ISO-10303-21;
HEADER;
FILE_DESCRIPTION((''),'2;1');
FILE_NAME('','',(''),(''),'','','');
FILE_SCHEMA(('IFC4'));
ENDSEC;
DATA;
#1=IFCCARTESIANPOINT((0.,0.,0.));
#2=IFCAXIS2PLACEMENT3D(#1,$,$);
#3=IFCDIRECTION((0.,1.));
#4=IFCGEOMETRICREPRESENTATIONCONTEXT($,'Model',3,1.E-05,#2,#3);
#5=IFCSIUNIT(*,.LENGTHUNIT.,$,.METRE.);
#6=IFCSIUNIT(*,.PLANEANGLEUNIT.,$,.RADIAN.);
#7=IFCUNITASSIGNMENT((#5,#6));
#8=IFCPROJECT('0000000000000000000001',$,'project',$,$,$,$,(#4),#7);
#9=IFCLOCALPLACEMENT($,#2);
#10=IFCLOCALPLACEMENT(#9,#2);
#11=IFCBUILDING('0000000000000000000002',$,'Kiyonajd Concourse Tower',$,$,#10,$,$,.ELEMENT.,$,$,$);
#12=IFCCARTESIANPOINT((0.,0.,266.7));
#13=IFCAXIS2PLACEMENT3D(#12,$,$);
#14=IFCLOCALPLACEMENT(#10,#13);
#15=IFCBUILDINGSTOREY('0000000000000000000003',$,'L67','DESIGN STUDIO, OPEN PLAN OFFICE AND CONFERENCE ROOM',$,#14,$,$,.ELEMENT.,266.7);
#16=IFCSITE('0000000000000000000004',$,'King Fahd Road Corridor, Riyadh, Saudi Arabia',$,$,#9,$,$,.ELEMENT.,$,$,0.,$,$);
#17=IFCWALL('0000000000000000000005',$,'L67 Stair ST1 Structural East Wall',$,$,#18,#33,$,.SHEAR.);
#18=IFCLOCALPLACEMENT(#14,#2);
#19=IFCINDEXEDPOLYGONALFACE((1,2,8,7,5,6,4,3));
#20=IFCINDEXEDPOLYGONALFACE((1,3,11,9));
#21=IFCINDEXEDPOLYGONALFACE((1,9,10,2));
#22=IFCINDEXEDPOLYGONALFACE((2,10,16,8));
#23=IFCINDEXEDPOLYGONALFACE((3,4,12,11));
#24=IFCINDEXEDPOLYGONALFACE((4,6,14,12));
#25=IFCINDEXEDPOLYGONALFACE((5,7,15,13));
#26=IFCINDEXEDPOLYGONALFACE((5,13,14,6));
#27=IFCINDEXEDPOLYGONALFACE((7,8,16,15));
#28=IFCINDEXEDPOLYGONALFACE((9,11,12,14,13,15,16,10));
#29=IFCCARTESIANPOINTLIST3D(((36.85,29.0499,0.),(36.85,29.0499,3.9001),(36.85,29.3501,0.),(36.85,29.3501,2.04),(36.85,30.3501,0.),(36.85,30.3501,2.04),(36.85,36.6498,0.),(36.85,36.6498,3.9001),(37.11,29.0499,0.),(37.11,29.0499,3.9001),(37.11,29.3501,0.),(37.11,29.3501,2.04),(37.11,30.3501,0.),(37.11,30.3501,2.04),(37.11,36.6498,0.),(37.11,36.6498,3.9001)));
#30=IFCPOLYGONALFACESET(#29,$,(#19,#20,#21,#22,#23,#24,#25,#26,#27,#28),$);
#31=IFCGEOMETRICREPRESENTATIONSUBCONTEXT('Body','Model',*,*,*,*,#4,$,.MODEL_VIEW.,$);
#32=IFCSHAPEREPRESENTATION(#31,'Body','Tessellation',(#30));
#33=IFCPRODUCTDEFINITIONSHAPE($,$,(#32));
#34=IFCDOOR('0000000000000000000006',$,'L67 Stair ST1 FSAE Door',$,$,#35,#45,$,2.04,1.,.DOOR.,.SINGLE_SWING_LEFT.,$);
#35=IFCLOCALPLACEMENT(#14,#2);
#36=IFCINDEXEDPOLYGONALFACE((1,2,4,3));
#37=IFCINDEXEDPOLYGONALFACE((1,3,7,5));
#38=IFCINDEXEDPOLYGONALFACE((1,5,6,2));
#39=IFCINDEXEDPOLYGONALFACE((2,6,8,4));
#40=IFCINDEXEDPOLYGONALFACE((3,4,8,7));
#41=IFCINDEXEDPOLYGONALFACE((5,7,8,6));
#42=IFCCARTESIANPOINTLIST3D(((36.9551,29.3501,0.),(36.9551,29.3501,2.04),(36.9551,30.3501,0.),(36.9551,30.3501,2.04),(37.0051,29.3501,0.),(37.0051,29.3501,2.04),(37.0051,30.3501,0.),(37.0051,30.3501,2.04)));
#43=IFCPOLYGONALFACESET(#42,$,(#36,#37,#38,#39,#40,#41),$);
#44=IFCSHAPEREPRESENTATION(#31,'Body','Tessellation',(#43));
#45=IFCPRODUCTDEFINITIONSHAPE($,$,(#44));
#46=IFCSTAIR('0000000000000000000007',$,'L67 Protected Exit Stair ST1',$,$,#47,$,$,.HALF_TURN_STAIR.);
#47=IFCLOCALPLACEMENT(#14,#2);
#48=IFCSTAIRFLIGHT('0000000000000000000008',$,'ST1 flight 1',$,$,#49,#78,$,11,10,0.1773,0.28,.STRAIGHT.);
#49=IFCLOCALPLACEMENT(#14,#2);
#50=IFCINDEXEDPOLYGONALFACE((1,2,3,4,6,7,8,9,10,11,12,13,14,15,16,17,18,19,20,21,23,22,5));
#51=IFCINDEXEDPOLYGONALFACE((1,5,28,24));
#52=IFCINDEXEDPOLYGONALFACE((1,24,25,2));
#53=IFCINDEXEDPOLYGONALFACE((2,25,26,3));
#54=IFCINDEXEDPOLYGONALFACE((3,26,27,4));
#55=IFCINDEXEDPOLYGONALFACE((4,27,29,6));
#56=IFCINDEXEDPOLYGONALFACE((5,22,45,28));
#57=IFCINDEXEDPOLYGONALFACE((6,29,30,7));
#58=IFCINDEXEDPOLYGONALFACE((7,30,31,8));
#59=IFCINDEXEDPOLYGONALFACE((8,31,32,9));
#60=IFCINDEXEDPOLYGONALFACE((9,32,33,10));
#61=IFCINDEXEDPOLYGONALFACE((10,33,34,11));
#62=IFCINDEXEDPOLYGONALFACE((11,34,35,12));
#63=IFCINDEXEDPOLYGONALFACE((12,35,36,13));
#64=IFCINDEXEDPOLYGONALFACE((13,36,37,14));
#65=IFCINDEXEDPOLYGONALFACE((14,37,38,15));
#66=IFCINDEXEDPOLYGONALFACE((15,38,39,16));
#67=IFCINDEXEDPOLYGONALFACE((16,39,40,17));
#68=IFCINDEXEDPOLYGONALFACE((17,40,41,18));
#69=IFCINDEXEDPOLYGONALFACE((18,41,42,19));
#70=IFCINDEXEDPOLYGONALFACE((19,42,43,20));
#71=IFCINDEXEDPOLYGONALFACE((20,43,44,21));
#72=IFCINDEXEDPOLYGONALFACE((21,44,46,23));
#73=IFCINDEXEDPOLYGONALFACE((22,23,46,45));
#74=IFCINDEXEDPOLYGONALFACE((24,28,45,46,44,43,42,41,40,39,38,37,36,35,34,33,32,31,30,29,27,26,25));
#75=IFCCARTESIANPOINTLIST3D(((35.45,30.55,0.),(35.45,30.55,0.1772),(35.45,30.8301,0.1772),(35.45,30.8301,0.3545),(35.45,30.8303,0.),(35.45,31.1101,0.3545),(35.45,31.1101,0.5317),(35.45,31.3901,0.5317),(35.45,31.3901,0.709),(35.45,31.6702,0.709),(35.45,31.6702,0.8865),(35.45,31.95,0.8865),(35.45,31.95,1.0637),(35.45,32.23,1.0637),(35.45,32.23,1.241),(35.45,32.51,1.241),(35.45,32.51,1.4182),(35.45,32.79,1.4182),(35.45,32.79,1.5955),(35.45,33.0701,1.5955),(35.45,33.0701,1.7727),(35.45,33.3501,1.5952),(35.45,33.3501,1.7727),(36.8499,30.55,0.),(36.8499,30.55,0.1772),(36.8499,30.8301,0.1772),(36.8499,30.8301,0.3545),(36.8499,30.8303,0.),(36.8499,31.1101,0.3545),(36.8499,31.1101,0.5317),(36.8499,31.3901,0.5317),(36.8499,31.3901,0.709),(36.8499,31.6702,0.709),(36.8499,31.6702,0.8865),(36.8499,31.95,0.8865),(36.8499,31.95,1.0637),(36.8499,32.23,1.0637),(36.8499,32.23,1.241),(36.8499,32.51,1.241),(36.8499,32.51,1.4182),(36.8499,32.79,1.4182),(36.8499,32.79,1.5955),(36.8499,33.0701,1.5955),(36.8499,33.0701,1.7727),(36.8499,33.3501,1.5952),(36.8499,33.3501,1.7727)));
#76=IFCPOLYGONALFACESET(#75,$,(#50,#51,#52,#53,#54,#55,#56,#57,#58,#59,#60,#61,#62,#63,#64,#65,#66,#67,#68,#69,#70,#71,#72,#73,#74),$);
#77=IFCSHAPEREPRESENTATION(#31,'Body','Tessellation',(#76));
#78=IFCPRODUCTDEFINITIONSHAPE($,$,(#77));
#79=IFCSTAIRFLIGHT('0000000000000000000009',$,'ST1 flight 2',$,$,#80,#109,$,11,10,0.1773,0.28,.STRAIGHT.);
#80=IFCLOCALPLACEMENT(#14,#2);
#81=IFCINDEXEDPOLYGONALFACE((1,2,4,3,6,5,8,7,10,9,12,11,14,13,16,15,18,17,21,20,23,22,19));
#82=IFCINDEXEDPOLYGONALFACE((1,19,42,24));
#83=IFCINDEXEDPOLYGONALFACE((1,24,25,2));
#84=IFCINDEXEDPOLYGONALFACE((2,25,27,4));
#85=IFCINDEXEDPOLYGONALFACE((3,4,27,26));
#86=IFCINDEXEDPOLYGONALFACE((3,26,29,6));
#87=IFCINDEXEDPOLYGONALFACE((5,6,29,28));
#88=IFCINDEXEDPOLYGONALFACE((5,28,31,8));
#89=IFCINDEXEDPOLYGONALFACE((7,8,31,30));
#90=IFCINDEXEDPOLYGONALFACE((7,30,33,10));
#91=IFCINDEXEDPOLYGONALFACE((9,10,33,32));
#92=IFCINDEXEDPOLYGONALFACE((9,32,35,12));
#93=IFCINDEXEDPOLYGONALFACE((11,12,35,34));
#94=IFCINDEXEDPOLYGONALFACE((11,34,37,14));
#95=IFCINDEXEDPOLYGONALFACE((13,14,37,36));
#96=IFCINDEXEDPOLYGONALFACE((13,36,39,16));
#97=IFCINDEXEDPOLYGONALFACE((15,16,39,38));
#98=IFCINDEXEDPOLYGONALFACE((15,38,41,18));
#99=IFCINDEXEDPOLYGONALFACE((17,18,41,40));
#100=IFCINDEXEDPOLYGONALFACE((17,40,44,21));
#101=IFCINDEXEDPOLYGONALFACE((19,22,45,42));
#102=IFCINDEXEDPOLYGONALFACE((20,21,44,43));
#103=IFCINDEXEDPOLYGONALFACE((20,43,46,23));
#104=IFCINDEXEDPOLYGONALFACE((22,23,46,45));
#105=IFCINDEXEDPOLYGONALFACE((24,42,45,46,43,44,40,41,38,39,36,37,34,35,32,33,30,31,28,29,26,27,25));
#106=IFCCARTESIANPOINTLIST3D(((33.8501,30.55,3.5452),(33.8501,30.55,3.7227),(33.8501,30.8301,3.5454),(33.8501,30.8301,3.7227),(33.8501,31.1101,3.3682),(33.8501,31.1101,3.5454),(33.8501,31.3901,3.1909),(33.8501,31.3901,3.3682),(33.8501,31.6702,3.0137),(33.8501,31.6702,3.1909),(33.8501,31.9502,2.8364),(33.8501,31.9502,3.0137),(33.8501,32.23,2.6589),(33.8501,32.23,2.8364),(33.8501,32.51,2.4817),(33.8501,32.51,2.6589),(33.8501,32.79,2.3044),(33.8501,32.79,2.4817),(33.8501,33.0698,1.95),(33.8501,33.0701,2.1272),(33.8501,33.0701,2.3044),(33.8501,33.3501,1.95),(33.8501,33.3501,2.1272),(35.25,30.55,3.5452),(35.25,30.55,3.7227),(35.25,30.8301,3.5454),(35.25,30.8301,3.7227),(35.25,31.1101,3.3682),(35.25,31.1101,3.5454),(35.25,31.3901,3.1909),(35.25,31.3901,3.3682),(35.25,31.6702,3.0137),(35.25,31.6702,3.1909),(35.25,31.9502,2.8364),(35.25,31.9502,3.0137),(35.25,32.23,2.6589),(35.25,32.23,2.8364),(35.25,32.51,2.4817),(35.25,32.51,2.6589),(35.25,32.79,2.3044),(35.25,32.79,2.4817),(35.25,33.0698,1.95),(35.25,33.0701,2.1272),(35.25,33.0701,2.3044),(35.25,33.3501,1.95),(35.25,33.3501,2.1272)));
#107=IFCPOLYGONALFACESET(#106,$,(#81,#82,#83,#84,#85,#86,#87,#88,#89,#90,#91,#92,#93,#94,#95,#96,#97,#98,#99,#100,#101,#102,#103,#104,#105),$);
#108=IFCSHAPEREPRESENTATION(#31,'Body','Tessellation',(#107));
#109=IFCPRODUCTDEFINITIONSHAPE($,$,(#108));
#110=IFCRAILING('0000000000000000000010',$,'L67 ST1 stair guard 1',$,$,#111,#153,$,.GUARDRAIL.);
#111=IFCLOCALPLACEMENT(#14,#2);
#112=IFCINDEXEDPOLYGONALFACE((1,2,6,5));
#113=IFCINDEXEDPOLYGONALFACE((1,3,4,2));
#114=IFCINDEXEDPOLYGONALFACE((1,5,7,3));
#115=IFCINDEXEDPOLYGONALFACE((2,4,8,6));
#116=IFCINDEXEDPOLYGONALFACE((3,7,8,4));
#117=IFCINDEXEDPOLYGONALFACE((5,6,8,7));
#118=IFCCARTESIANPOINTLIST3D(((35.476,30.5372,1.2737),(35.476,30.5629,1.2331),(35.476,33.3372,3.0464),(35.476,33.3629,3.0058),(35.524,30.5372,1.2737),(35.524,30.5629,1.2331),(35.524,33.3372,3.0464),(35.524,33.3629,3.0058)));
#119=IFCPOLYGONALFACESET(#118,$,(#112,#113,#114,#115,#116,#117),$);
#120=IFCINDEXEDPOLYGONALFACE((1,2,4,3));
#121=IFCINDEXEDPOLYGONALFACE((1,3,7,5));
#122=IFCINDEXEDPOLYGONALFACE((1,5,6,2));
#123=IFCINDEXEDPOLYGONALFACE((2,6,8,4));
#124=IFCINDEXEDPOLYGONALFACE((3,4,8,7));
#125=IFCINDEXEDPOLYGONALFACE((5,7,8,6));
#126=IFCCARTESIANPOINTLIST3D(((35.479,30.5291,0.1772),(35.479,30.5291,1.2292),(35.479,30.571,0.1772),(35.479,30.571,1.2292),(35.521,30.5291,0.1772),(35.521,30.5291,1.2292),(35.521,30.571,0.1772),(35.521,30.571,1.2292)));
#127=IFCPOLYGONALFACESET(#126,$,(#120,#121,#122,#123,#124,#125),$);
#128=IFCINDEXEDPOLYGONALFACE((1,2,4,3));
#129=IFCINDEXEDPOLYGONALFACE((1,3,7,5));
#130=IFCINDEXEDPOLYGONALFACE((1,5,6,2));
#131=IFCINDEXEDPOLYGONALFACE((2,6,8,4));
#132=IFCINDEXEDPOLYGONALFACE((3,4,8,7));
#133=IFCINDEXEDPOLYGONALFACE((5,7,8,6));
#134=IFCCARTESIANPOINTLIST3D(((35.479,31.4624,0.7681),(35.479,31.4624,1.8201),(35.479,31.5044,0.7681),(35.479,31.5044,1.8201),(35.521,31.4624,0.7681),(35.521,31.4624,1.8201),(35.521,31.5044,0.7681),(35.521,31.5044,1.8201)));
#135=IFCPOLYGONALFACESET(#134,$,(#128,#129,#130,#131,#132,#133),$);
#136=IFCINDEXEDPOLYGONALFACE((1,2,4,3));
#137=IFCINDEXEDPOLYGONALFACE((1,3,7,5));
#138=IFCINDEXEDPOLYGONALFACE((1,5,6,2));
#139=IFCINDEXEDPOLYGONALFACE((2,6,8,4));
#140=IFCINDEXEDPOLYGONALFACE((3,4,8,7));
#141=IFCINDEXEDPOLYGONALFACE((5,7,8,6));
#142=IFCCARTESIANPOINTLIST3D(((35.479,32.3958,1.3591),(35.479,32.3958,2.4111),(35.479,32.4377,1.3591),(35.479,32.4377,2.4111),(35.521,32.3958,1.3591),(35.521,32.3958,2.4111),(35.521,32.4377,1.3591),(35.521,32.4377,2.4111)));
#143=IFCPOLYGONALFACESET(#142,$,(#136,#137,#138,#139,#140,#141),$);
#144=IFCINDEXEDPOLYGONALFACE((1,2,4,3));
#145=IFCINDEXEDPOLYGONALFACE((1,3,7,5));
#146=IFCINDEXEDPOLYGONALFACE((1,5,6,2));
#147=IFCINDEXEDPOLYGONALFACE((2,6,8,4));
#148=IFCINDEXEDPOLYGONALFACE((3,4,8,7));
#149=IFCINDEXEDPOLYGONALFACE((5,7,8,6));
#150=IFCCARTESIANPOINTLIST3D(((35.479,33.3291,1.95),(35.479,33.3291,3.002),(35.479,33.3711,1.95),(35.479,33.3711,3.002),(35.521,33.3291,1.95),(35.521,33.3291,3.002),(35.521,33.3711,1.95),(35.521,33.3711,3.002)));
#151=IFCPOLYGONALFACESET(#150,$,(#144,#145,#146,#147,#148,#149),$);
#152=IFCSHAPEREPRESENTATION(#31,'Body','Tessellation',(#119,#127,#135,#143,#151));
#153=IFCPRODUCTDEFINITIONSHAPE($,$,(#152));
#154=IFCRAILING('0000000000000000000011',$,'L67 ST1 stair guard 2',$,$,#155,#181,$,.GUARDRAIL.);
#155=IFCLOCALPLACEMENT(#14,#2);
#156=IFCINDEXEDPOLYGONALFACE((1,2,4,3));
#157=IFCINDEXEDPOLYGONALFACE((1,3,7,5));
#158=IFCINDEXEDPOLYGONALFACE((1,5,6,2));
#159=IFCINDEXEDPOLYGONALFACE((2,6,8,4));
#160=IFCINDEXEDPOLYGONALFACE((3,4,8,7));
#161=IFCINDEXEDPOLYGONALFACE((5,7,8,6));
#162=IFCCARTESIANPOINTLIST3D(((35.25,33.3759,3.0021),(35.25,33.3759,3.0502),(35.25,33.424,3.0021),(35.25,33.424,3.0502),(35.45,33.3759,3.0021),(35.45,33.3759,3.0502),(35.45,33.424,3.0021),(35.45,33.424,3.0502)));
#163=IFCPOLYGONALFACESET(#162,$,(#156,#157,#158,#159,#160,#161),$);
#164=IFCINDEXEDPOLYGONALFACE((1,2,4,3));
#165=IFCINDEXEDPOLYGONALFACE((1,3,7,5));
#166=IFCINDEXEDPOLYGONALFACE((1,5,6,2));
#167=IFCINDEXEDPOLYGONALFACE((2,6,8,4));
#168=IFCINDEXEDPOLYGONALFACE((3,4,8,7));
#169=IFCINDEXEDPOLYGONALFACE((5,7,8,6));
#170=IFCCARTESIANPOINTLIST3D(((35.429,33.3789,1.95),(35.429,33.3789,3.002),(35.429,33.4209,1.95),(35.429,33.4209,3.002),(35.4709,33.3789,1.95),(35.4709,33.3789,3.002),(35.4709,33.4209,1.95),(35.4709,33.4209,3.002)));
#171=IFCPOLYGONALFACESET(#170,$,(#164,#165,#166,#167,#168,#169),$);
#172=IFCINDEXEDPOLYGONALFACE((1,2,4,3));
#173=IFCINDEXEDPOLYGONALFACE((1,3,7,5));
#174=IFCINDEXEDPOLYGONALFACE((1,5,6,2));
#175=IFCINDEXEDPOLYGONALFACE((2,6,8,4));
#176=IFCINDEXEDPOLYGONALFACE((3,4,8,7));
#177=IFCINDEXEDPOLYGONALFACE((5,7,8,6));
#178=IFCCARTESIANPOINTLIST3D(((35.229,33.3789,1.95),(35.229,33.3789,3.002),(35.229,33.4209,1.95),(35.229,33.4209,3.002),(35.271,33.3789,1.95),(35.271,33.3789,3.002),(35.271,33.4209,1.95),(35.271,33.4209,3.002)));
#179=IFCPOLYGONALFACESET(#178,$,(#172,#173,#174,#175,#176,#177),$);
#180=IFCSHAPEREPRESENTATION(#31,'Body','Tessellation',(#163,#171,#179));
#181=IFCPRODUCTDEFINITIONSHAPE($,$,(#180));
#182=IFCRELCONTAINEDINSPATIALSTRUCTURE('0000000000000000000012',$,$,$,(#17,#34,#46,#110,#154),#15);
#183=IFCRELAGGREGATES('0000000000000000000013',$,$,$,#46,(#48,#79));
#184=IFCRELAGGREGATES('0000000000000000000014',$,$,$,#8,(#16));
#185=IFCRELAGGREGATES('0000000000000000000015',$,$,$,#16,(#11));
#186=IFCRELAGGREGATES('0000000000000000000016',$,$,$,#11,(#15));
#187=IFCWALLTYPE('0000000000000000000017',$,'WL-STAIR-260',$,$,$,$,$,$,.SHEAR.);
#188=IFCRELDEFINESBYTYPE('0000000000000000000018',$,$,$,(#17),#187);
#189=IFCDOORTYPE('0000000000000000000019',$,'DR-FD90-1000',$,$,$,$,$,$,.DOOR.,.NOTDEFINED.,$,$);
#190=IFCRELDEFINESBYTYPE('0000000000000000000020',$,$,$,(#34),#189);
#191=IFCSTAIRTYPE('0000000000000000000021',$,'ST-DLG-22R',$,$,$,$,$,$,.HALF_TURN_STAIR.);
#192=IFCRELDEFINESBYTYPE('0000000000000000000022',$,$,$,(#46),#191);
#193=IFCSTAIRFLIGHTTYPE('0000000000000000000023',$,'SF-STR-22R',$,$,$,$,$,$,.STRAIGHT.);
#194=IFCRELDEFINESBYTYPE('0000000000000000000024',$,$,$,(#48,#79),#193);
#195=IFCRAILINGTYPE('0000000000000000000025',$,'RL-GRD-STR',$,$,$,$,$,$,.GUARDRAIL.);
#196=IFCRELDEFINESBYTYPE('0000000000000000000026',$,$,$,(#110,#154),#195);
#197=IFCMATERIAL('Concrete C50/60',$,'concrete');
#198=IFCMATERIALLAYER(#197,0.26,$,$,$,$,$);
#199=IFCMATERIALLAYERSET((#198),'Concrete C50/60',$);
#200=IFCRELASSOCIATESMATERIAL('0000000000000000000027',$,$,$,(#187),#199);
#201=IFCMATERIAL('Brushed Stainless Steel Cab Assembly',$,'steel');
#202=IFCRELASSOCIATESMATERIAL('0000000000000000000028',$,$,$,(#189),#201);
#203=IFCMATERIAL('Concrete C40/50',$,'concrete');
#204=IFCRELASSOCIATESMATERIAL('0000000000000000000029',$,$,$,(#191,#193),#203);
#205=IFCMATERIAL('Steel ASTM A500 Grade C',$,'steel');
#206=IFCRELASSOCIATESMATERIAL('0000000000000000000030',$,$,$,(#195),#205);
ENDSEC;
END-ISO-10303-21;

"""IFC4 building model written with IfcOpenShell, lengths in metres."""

from ifc_helpers import new_model, si_unit, direction, frame, frame_2d, origin, origin_2d, place, context, subcontext, project, spatial, polyline, rectangle, outline, extrude, material, layer, layer_set, type_object, element, fill, aggregate, save


model = new_model("IFC4")

# Units and contexts
model_context = context("Model", 3, precision=1e-05, world=origin(), true_north=direction((0.0, 1.0)))
body_context = subcontext(model_context, "Body", "Model", "MODEL_VIEW")
ifc_project = project(units=[si_unit("LENGTHUNIT", "METRE"), si_unit("PLANEANGLEUNIT", "RADIAN")], contexts=[model_context])

# Site, building, storey
site_placement = place(None, origin())
site = spatial("IfcSite", under=ifc_project, at=site_placement, Name="King Fahd Road Corridor, Riyadh, Saudi Arabia", CompositionType="ELEMENT", RefElevation=0.0)
building_placement = place(site_placement, origin())
building = spatial("IfcBuilding", under=site, at=building_placement, Name="Kiyonajd Concourse Tower", CompositionType="ELEMENT")
storey_placement = place(building_placement, frame((0.0, 0.0, 266.7)))
storey = spatial("IfcBuildingStorey", under=building, at=storey_placement, Name="L67", Description="DESIGN STUDIO, OPEN PLAN OFFICE AND CONFERENCE ROOM", CompositionType="ELEMENT", Elevation=266.7)

# Shared definitions
ifc_material_1 = material(Name="Concrete C50/60", Category="concrete")

# Shared definitions
ifc_material_2 = material(Name="Brushed Stainless Steel Cab Assembly", Category="steel")

# Shared definitions
ifc_layer_1 = layer(ifc_material_1, 0.26)
ifc_layer_set_1 = layer_set([ifc_layer_1], Name="Concrete C50/60")
wall_type_1 = type_object("IfcWallType", Name="WL-STAIR-260", PredefinedType="SHEAR", material=ifc_layer_set_1)

# Wall, opening, door
wall_1_placement = place(storey_placement, frame((36.98, 29.05, 0.0), z_axis=(0.0, 0.0, 1.0), x_axis=(0.0, 1.0, 0.0)))
wall_1 = element("IfcWall", 1, at=wall_1_placement, inside=storey, type_object=wall_type_1, Name="L67 Stair ST1 Structural East Wall", PredefinedType="SHEAR", context=body_context, shape_type="SweptSolid", body=[
    extrude(rectangle(XDim=7.5999, YDim=0.26, at=frame_2d((3.7998, 0.0))), origin(), (0.0, 0.0, 1.0), 3.9001),
])
opening_1_placement = place(wall_1_placement, frame((0.3, 0.0, 0.0)))
opening_1 = element("IfcOpeningElement", 2, at=opening_1_placement, cuts=wall_1, PredefinedType="OPENING", context=body_context, shape_type="SweptSolid", body=[
    extrude(rectangle(XDim=1.0, YDim=2.04, at=frame_2d((0.5, 1.02))), frame((0.0, 0.1399, 0.0), z_axis=(0.0, -1.0, 0.0), x_axis=(1.0, 0.0, 0.0)), (0.0, 0.0, 1.0), 0.28),
])
door_type_1 = type_object("IfcDoorType", Name="DR-FD90-1000", OperationType="NOTDEFINED", PredefinedType="DOOR", material=ifc_material_2)
door_1_placement = place(opening_1_placement, origin())
door_1 = element("IfcDoor", 3, at=door_1_placement, inside=storey, type_object=door_type_1, Name="L67 Stair ST1 FSAE Door", OperationType="SINGLE_SWING_LEFT", OverallHeight=2.04, OverallWidth=1.0, PredefinedType="DOOR", context=body_context, shape_type="SweptSolid", body=[
    extrude(rectangle(XDim=1.0, YDim=2.04, at=frame_2d((0.5, 1.02))), frame((0.0, 0.0249, 0.0), z_axis=(0.0, -1.0, 0.0), x_axis=(1.0, 0.0, 0.0)), (0.0, 0.0, 1.0), 0.05),
])
fill(opening_1, door_1)

# Stair, stair flights
ifc_material_3 = material(Name="Concrete C40/50", Category="concrete")
stair_type = type_object("IfcStairType", Name="ST-DLG-22R", PredefinedType="HALF_TURN_STAIR", material=ifc_material_3)
stair_placement = place(storey_placement, origin())
stair = element("IfcStair", 4, at=stair_placement, inside=storey, type_object=stair_type, Name="L67 Protected Exit Stair ST1", PredefinedType="HALF_TURN_STAIR")
stair_flight_type = type_object("IfcStairFlightType", Name="SF-STR-22R", PredefinedType="STRAIGHT", material=ifc_material_3)
stair_flight_1_placement = place(storey_placement, frame((36.1499, 30.55, 0.0), z_axis=(0.0, 0.0, 1.0), x_axis=(0.0, 1.0, 0.0)))
stair_flight_1 = element("IfcStairFlight", 5, at=stair_flight_1_placement, type_object=stair_flight_type, Name="ST1 flight 1", NumberOfRisers=11, NumberOfTreads=10, PredefinedType="STRAIGHT", RiserHeight=0.1773, TreadLength=0.28, context=body_context, shape_type="SweptSolid", body=[
    extrude(outline(polyline([(0.0, 0.0), (0.0, 0.1772), (0.28, 0.1772), (0.28, 0.3545), (0.5601, 0.3545), (0.5601, 0.5317), (0.8401, 0.5317), (0.8401, 0.709), (1.1201, 0.709), (1.1201, 0.8865), (1.3999, 0.8865), (1.3999, 1.0637), (1.6799, 1.0637), (1.6799, 1.241), (1.96, 1.241), (1.96, 1.4182), (2.24, 1.4182), (2.24, 1.5955), (2.52, 1.5955), (2.52, 1.7727), (2.8, 1.7727), (2.8, 1.95), (2.8, 1.5952), (0.2803, 0.0), (0.0, 0.0)])), frame((0.0, 0.7, 0.0), z_axis=(0.0, -1.0, 0.0), x_axis=(1.0, 0.0, 0.0)), (0.0, 0.0, 1.0), 1.3999),
])
stair_flight_2_placement = place(storey_placement, frame((34.55, 33.3501, 1.95), z_axis=(0.0, 0.0, 1.0), x_axis=(0.0, -1.0, 0.0)))
stair_flight_2 = element("IfcStairFlight", 6, at=stair_flight_2_placement, type_object=stair_flight_type, Name="ST1 flight 2", NumberOfRisers=11, NumberOfTreads=10, PredefinedType="STRAIGHT", RiserHeight=0.1773, TreadLength=0.28, context=body_context, shape_type="SweptSolid", body=[
    extrude(outline(polyline([(0.0, 0.0), (0.0, 0.1772), (0.28, 0.1772), (0.28, 0.3545), (0.5601, 0.3545), (0.5601, 0.5317), (0.8401, 0.5317), (0.8401, 0.709), (1.1201, 0.709), (1.1201, 0.8865), (1.3999, 0.8865), (1.3999, 1.0637), (1.6799, 1.0637), (1.6799, 1.241), (1.96, 1.241), (1.96, 1.4182), (2.24, 1.4182), (2.24, 1.5955), (2.52, 1.5955), (2.52, 1.7727), (2.8, 1.7727), (2.8, 1.95), (2.8, 1.5952), (0.2803, 0.0), (0.0, 0.0)])), frame((0.0, 0.7, 0.0), z_axis=(0.0, -1.0, 0.0), x_axis=(1.0, 0.0, 0.0)), (0.0, 0.0, 1.0), 1.3999),
])
aggregate(stair, [stair_flight_1, stair_flight_2])

# Railings
ifc_material_4 = material(Name="Steel ASTM A500 Grade C", Category="steel")
railing_type_1 = type_object("IfcRailingType", Name="RL-GRD-STR", PredefinedType="GUARDRAIL", material=ifc_material_4)
railing_1_placement = place(storey_placement, frame((35.5, 30.55, 0.1772)))
element("IfcRailing", 7, at=railing_1_placement, inside=storey, type_object=railing_type_1, Name="L67 ST1 stair guard 1", PredefinedType="GUARDRAIL", context=body_context, shape_type="SweptSolid", body=[
    extrude(rectangle(XDim=0.0481, YDim=0.0481, at=origin_2d()), frame((0.0, 0.0, 1.0762), z_axis=(0.0, 0.844909, 0.53491), x_axis=(-1.0, 0.0, 0.0)), (0.0, 0.0, 1.0), 3.314),
    extrude(rectangle(XDim=0.042, YDim=0.042, at=origin_2d()), origin(), (0.0, 0.0, 1.0), 1.052),
    extrude(rectangle(XDim=0.042, YDim=0.042, at=origin_2d()), frame((0.0, 0.9333, 0.5908)), (0.0, 0.0, 1.0), 1.052),
    extrude(rectangle(XDim=0.042, YDim=0.042, at=origin_2d()), frame((0.0, 1.8667, 1.1819)), (0.0, 0.0, 1.0), 1.052),
    extrude(rectangle(XDim=0.042, YDim=0.042, at=origin_2d()), frame((0.0, 2.8, 1.7727)), (0.0, 0.0, 1.0), 1.052),
])
railing_2_placement = place(storey_placement, frame((35.45, 33.3999, 1.95)))
element("IfcRailing", 8, at=railing_2_placement, inside=storey, type_object=railing_type_1, Name="L67 ST1 stair guard 2", PredefinedType="GUARDRAIL", context=body_context, shape_type="SweptSolid", body=[
    extrude(rectangle(XDim=0.0481, YDim=0.0481, at=origin_2d()), frame((0.0, 0.0, 1.0762), z_axis=(-1.0, 0.0, 0.0), x_axis=(0.0, -1.0, 0.0)), (0.0, 0.0, 1.0), 0.2),
    extrude(rectangle(XDim=0.042, YDim=0.042, at=origin_2d()), origin(), (0.0, 0.0, 1.0), 1.052),
    extrude(rectangle(XDim=0.042, YDim=0.042, at=origin_2d()), frame((-0.2, 0.0, 0.0)), (0.0, 0.0, 1.0), 1.052),
])

save(model, "model.ifc")
